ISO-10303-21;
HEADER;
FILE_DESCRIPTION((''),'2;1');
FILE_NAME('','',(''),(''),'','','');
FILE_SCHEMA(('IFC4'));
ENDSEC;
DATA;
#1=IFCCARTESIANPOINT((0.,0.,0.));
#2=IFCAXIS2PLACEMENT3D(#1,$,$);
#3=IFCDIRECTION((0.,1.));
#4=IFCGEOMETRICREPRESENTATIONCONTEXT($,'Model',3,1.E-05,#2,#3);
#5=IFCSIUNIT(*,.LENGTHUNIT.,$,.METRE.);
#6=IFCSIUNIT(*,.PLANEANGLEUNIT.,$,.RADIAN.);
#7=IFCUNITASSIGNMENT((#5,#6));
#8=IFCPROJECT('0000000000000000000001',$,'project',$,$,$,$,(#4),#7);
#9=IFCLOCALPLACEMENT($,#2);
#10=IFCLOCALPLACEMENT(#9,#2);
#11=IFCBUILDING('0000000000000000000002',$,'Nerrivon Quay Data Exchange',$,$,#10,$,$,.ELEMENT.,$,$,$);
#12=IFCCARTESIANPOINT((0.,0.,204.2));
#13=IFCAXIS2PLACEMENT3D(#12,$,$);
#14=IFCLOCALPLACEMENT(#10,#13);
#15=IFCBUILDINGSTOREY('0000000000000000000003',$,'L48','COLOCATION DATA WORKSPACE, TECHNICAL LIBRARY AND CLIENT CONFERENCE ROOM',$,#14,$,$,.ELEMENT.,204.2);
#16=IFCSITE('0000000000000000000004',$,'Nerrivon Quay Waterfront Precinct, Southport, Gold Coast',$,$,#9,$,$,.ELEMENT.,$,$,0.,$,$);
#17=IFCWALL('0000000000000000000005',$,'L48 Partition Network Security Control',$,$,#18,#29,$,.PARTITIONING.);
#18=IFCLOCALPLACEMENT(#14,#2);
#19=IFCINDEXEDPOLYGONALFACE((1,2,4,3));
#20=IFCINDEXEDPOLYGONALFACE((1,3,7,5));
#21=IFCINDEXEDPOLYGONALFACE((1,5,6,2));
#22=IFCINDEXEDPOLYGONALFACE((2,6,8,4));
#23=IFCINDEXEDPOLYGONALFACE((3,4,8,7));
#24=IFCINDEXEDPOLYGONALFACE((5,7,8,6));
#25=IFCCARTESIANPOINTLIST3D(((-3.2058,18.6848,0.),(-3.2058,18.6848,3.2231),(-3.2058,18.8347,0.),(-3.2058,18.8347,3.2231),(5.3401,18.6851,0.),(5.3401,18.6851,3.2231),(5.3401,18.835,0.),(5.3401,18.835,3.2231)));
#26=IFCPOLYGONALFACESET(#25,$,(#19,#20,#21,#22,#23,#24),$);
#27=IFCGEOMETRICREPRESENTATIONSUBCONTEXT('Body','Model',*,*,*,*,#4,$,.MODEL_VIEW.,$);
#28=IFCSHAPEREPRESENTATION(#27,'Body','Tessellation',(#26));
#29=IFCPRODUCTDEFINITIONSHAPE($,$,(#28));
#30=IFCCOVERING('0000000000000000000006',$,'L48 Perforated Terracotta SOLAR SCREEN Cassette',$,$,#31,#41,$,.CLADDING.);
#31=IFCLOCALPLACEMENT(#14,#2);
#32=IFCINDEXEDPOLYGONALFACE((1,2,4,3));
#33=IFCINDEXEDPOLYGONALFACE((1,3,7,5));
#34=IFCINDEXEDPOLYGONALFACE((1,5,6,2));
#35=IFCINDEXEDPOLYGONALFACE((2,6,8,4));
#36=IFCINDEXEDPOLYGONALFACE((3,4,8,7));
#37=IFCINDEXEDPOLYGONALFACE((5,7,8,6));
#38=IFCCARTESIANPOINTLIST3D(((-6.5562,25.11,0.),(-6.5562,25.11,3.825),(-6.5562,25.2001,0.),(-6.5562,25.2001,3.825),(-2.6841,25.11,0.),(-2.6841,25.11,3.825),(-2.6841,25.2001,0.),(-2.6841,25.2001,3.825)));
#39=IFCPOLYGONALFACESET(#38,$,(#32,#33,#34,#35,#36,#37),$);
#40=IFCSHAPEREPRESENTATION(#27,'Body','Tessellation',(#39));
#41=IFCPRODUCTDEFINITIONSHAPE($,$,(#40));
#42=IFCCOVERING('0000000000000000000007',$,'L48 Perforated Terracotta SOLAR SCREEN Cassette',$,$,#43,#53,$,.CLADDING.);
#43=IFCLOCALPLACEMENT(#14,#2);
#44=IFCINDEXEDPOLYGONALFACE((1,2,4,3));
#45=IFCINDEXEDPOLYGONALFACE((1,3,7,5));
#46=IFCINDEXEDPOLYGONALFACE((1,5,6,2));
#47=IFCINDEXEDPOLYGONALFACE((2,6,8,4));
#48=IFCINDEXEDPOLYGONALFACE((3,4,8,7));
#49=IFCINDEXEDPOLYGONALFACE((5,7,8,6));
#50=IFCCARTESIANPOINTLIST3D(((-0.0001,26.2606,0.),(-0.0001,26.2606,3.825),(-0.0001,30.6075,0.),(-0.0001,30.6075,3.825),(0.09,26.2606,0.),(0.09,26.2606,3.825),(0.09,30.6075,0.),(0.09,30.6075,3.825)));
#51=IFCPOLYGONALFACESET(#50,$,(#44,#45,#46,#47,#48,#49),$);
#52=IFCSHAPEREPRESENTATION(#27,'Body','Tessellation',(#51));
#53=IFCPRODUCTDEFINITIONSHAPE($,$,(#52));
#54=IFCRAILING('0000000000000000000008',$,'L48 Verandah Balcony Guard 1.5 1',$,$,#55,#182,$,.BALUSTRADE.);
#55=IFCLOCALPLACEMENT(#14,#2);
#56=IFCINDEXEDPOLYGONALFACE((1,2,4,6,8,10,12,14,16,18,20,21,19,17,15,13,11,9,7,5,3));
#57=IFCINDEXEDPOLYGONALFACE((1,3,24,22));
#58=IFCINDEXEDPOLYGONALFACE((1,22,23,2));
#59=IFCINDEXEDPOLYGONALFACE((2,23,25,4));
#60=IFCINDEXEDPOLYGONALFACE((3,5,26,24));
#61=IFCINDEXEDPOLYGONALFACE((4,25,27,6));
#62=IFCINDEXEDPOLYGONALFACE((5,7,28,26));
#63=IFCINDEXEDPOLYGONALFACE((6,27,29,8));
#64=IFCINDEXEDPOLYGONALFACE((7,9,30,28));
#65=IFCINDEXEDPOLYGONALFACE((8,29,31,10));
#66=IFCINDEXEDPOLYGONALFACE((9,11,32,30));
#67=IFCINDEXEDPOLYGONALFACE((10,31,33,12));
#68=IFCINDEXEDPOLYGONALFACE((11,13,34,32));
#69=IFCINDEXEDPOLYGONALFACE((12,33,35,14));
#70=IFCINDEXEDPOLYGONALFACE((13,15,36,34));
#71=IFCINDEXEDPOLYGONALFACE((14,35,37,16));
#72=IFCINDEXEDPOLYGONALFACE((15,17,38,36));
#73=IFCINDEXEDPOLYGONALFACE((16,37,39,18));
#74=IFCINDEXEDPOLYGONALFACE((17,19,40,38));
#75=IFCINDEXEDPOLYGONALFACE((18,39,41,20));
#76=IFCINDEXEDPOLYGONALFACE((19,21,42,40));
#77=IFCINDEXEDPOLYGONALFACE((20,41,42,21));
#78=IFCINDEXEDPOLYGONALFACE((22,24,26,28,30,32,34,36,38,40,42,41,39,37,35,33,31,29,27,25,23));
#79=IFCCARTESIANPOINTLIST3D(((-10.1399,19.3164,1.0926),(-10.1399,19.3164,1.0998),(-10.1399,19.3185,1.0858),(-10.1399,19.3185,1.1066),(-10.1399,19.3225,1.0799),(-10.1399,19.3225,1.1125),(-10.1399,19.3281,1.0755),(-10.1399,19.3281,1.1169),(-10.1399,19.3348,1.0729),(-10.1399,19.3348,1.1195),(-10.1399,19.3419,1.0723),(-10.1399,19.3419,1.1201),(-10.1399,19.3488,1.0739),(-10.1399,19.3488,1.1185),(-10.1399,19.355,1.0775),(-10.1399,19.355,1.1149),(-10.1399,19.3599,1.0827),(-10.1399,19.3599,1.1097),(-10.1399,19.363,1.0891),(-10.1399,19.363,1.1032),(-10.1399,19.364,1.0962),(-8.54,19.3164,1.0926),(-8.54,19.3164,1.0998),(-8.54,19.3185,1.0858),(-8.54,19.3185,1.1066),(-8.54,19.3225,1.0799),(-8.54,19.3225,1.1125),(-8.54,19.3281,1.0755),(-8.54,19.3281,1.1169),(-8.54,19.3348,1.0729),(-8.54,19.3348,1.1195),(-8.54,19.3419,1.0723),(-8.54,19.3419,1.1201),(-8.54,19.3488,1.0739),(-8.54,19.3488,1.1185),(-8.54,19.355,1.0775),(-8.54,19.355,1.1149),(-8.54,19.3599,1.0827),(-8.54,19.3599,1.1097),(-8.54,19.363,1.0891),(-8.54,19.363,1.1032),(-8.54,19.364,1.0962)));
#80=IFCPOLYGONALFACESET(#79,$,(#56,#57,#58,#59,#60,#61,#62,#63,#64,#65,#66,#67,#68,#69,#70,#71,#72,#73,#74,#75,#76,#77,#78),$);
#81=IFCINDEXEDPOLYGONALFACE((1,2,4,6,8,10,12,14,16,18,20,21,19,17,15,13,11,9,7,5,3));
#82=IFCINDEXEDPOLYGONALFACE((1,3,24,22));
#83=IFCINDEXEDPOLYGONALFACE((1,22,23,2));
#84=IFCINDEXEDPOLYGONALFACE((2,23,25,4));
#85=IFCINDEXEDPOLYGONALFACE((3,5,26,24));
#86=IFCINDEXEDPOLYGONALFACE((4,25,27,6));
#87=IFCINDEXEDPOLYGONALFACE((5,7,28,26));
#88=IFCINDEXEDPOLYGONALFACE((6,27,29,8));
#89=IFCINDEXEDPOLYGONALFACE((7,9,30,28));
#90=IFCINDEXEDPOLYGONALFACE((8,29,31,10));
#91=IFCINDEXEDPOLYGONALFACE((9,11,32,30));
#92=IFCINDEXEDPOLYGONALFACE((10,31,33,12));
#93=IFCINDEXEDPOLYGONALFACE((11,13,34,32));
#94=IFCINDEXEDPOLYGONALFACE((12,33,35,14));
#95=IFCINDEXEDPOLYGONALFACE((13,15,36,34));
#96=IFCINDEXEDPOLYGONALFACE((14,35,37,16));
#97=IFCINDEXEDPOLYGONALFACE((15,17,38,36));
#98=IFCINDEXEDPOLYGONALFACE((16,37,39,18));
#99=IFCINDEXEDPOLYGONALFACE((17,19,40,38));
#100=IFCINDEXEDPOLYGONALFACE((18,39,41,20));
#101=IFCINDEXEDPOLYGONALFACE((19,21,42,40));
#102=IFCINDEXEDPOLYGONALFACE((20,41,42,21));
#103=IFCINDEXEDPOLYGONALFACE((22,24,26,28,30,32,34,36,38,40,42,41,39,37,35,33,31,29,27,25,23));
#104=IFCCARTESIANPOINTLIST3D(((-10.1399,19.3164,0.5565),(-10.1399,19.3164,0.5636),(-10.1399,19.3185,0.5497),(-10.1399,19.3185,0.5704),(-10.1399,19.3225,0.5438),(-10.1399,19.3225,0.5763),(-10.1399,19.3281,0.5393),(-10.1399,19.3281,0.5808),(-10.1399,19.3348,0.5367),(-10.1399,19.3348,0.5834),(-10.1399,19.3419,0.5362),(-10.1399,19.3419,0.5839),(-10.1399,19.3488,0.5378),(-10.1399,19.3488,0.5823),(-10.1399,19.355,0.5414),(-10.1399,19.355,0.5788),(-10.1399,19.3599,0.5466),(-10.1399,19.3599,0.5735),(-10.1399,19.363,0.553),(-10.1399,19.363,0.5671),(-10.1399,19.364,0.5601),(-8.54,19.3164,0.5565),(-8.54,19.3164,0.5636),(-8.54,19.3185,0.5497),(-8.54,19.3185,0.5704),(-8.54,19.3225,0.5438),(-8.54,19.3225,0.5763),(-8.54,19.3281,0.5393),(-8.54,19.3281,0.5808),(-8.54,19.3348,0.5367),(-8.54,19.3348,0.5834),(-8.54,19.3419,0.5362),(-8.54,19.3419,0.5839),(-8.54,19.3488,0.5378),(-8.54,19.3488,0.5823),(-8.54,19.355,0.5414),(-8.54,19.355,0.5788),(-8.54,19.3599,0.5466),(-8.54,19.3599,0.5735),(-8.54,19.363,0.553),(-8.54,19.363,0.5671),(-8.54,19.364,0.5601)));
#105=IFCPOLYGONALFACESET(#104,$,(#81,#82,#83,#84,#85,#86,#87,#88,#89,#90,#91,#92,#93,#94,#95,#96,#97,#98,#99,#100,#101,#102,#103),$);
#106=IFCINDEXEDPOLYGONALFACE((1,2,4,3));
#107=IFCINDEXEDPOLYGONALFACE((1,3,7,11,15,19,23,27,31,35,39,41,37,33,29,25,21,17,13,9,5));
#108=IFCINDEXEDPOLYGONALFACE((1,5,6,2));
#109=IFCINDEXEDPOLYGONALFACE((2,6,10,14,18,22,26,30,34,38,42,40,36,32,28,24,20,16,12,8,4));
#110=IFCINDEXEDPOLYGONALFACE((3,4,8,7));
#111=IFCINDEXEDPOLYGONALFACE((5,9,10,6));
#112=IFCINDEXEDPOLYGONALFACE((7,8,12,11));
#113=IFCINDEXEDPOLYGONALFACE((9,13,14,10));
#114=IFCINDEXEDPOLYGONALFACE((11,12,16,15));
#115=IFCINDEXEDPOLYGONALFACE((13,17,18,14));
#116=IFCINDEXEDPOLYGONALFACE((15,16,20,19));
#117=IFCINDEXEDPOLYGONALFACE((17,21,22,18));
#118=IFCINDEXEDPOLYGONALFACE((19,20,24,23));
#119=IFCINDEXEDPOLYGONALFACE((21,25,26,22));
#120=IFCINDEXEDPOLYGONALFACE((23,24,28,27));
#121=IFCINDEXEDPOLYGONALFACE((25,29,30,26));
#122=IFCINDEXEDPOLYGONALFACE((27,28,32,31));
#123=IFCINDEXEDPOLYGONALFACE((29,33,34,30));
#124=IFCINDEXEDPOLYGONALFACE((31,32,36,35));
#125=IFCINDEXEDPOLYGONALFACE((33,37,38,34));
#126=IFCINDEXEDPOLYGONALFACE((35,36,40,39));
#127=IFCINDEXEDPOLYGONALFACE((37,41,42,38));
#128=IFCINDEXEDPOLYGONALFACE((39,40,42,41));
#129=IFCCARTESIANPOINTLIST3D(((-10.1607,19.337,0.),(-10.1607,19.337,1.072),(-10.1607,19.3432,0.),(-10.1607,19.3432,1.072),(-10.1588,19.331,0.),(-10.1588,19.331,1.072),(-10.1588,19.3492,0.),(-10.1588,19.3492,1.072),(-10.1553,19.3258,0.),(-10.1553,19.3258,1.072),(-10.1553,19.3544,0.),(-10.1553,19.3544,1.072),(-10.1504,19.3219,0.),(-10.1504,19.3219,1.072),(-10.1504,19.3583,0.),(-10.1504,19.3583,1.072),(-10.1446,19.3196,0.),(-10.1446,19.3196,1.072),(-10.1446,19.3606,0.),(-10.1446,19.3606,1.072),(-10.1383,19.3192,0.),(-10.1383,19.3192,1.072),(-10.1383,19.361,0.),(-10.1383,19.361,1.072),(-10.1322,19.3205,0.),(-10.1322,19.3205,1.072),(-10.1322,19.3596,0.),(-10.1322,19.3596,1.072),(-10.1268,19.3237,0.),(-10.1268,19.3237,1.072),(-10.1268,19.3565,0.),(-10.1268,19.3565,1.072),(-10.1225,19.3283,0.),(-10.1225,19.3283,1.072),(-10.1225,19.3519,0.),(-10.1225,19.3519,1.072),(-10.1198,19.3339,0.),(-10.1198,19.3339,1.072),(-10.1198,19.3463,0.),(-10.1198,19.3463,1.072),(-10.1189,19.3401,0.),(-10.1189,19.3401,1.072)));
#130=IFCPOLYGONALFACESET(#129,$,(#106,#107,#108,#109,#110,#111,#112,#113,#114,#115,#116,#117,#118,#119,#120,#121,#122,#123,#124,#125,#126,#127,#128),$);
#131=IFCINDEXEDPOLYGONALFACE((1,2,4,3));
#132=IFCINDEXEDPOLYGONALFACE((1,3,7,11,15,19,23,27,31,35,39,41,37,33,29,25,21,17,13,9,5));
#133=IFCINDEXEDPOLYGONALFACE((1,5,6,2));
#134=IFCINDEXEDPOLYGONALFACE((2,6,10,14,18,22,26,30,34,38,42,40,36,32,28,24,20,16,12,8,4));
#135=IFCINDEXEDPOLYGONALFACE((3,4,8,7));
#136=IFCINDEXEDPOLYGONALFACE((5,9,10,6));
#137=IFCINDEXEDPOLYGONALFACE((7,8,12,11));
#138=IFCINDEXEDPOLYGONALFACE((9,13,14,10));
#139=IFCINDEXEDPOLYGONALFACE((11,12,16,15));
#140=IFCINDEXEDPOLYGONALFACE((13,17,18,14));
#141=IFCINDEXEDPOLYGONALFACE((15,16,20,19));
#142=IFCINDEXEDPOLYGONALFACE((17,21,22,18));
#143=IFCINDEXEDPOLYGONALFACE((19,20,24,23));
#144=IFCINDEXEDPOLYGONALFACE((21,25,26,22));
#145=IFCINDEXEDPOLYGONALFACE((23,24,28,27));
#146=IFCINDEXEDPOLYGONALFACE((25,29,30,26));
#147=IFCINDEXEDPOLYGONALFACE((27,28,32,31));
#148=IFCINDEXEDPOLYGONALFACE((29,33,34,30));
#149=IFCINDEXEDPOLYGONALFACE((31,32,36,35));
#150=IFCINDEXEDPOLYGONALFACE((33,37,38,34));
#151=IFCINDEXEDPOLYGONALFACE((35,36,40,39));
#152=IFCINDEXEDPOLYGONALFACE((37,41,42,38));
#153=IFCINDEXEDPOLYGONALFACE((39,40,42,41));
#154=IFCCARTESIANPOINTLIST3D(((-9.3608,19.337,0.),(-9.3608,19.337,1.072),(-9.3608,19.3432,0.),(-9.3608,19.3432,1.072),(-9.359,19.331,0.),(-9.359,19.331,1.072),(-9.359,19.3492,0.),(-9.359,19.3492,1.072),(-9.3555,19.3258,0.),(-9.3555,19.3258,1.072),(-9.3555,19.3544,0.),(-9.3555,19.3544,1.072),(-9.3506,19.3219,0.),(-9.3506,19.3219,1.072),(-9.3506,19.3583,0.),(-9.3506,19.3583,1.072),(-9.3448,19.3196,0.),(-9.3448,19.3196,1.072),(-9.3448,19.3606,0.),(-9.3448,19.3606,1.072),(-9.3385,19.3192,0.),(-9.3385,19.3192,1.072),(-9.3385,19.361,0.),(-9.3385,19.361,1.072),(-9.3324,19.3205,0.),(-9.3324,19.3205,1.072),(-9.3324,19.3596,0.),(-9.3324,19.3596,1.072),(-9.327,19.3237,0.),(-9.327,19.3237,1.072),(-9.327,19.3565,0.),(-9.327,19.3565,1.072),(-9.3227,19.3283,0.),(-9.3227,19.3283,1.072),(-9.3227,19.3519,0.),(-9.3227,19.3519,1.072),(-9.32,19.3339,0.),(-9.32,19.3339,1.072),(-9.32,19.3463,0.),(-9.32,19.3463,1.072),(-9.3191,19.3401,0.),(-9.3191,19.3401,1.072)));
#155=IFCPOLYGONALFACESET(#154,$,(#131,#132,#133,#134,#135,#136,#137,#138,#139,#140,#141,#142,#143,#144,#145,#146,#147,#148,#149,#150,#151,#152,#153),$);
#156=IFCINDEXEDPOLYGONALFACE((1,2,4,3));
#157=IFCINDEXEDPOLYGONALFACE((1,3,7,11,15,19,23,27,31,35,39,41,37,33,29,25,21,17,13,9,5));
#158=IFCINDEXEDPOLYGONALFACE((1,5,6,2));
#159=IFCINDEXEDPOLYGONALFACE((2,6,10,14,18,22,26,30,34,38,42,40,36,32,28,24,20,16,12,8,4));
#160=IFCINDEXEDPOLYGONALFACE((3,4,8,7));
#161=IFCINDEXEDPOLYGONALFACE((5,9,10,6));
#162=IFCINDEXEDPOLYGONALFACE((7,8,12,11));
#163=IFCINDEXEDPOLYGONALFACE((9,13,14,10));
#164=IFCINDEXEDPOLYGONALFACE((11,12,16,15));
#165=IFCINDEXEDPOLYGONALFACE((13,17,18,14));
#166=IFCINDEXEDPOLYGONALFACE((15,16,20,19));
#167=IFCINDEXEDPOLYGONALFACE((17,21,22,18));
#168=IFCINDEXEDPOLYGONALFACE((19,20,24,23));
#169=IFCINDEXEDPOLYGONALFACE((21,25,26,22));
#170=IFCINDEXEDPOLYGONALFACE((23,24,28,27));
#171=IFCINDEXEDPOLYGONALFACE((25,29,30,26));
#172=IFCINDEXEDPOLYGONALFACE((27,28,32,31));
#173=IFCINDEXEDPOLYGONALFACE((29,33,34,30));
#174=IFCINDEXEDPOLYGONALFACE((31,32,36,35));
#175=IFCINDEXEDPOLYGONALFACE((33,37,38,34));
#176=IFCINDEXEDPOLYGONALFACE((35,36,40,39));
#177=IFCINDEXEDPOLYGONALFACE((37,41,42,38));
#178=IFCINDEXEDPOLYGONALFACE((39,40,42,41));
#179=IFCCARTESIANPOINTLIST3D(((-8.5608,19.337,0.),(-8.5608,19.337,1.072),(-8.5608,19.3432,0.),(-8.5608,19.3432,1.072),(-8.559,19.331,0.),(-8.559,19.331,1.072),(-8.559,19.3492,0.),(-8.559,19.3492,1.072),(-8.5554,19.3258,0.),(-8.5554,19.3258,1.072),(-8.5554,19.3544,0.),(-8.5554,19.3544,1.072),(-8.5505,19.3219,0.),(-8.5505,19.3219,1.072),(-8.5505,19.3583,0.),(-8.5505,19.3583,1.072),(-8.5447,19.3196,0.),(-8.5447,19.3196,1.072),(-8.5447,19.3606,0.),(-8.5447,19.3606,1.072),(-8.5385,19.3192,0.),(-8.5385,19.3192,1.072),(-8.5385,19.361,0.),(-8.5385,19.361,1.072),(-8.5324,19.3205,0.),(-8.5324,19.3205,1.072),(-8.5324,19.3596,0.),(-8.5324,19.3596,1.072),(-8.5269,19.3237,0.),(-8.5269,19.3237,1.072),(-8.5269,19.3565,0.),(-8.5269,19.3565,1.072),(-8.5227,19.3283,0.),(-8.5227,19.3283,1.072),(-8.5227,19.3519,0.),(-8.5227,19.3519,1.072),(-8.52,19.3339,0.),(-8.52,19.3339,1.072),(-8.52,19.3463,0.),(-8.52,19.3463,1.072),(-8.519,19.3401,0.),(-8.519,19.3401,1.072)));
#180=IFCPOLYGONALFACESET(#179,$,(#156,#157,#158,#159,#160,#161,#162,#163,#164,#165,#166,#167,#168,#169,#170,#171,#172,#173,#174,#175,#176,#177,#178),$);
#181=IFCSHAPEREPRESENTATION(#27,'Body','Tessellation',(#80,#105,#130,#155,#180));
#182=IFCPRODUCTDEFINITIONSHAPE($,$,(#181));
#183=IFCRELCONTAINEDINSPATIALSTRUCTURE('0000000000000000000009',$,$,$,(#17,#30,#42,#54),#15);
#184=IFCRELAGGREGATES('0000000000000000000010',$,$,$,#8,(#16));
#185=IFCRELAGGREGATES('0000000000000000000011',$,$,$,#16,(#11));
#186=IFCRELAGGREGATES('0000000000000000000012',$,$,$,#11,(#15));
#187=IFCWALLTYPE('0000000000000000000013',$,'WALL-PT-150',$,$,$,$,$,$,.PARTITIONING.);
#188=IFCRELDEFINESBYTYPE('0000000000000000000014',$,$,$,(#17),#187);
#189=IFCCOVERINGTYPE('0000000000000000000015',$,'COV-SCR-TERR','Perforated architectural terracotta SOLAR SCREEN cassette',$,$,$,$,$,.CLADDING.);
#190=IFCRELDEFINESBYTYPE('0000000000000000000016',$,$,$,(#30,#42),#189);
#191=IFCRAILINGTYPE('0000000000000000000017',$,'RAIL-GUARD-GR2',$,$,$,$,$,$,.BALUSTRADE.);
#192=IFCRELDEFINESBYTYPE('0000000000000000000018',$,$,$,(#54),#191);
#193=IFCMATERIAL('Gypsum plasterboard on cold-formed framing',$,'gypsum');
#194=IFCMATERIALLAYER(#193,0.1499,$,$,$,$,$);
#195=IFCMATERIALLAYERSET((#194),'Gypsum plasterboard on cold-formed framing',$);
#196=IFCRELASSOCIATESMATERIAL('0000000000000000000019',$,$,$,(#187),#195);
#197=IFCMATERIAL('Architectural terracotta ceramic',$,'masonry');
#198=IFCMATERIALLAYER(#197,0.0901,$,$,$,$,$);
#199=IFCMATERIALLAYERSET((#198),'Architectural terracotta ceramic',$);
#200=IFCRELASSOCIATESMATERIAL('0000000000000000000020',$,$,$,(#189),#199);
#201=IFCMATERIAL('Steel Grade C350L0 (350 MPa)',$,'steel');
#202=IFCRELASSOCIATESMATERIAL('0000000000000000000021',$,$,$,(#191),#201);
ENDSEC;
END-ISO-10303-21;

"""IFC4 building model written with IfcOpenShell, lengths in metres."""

from ifc_helpers import new_model, si_unit, direction, frame, frame_2d, origin, origin_2d, place, context, subcontext, project, spatial, rectangle, circle, extrude, material, layer, layer_set, type_object, element, save


model = new_model("IFC4")

# Units and contexts
model_context = context("Model", 3, precision=1e-05, world=origin(), true_north=direction((0.0, 1.0)))
body_context = subcontext(model_context, "Body", "Model", "MODEL_VIEW")
ifc_project = project(units=[si_unit("LENGTHUNIT", "METRE"), si_unit("PLANEANGLEUNIT", "RADIAN")], contexts=[model_context])

# Site, building, storey
site_placement = place(None, origin())
site = spatial("IfcSite", under=ifc_project, at=site_placement, Name="Nerrivon Quay Waterfront Precinct, Southport, Gold Coast", CompositionType="ELEMENT", RefElevation=0.0)
building_placement = place(site_placement, origin())
building = spatial("IfcBuilding", under=site, at=building_placement, Name="Nerrivon Quay Data Exchange", CompositionType="ELEMENT")
storey_placement = place(building_placement, frame((0.0, 0.0, 204.2)))
storey = spatial("IfcBuildingStorey", under=building, at=storey_placement, Name="L48", Description="COLOCATION DATA WORKSPACE, TECHNICAL LIBRARY AND CLIENT CONFERENCE ROOM", CompositionType="ELEMENT", Elevation=204.2)

# Wall
ifc_material_1 = material(Name="Gypsum plasterboard on cold-formed framing", Category="gypsum")
ifc_layer_1 = layer(ifc_material_1, 0.1499)
ifc_layer_set_1 = layer_set([ifc_layer_1], Name="Gypsum plasterboard on cold-formed framing")
wall_type_1 = type_object("IfcWallType", Name="WALL-PT-150", PredefinedType="PARTITIONING", material=ifc_layer_set_1)
wall_1_placement = place(storey_placement, frame((-3.2058, 18.7598, 0.0), z_axis=(0.0, 0.0, 1.0), x_axis=(1.0, 0.000029, 0.0)))
element("IfcWall", 1, at=wall_1_placement, inside=storey, type_object=wall_type_1, Name="L48 Partition Network Security Control", PredefinedType="PARTITIONING", context=body_context, shape_type="SweptSolid", body=[
    extrude(rectangle(XDim=8.5459, YDim=0.1499, at=frame_2d((4.2729, 0.0))), origin(), (0.0, 0.0, 1.0), 3.2231),
])

# Coverings
ifc_material_2 = material(Name="Architectural terracotta ceramic", Category="masonry")
ifc_layer_2 = layer(ifc_material_2, 0.0901)
ifc_layer_set_2 = layer_set([ifc_layer_2], Name="Architectural terracotta ceramic")
covering_type = type_object("IfcCoveringType", Name="COV-SCR-TERR", Description="Perforated architectural terracotta SOLAR SCREEN cassette", PredefinedType="CLADDING", material=ifc_layer_set_2)
covering_1_placement = place(storey_placement, frame((-4.6201, 25.155, 0.0), z_axis=(0.0, 0.0, 1.0), x_axis=(1.0, 0.0, 0.0)))
element("IfcCovering", 2, at=covering_1_placement, inside=storey, type_object=covering_type, Name="L48 Perforated Terracotta SOLAR SCREEN Cassette", PredefinedType="CLADDING", context=body_context, shape_type="SweptSolid", body=[
    extrude(rectangle(XDim=3.8721, YDim=0.0901, at=origin_2d()), origin(), (0.0, 0.0, 1.0), 3.825),
])
covering_2_placement = place(storey_placement, frame((0.0449, 28.4341, 0.0), z_axis=(0.0, 0.0, 1.0), x_axis=(0.0, 1.0, 0.0)))
element("IfcCovering", 3, at=covering_2_placement, inside=storey, type_object=covering_type, Name="L48 Perforated Terracotta SOLAR SCREEN Cassette", PredefinedType="CLADDING", context=body_context, shape_type="SweptSolid", body=[
    extrude(rectangle(XDim=4.3469, YDim=0.0901, at=origin_2d()), origin(), (0.0, 0.0, 1.0), 3.825),
])

# Railing
ifc_material_3 = material(Name="Steel Grade C350L0 (350 MPa)", Category="steel")
railing_type = type_object("IfcRailingType", Name="RAIL-GUARD-GR2", PredefinedType="BALUSTRADE", material=ifc_material_3)
railing_1_placement = place(storey_placement, frame((-10.1399, 19.3401, 0.0)))
element("IfcRailing", 4, at=railing_1_placement, inside=storey, type_object=railing_type, Name="L48 Verandah Balcony Guard 1.5 1", PredefinedType="BALUSTRADE", context=body_context, shape_type="SweptSolid", body=[
    extrude(circle(Radius=0.0239, at=origin_2d()), frame((0.0, 0.0, 1.0962), z_axis=(1.0, 0.0, 0.0), x_axis=(0.0, 1.0, 0.0)), (0.0, 0.0, 1.0), 1.5999),
    extrude(circle(Radius=0.0239, at=origin_2d()), frame((0.0, 0.0, 0.5601), z_axis=(1.0, 0.0, 0.0), x_axis=(0.0, 1.0, 0.0)), (0.0, 0.0, 1.0), 1.5999),
    extrude(circle(Radius=0.021, at=origin_2d()), origin(), (0.0, 0.0, 1.0), 1.072),
    extrude(circle(Radius=0.021, at=origin_2d()), frame((0.7998, 0.0, 0.0)), (0.0, 0.0, 1.0), 1.072),
    extrude(circle(Radius=0.021, at=origin_2d()), frame((1.5999, 0.0, 0.0)), (0.0, 0.0, 1.0), 1.072),
])

save(model, "model.ifc")
